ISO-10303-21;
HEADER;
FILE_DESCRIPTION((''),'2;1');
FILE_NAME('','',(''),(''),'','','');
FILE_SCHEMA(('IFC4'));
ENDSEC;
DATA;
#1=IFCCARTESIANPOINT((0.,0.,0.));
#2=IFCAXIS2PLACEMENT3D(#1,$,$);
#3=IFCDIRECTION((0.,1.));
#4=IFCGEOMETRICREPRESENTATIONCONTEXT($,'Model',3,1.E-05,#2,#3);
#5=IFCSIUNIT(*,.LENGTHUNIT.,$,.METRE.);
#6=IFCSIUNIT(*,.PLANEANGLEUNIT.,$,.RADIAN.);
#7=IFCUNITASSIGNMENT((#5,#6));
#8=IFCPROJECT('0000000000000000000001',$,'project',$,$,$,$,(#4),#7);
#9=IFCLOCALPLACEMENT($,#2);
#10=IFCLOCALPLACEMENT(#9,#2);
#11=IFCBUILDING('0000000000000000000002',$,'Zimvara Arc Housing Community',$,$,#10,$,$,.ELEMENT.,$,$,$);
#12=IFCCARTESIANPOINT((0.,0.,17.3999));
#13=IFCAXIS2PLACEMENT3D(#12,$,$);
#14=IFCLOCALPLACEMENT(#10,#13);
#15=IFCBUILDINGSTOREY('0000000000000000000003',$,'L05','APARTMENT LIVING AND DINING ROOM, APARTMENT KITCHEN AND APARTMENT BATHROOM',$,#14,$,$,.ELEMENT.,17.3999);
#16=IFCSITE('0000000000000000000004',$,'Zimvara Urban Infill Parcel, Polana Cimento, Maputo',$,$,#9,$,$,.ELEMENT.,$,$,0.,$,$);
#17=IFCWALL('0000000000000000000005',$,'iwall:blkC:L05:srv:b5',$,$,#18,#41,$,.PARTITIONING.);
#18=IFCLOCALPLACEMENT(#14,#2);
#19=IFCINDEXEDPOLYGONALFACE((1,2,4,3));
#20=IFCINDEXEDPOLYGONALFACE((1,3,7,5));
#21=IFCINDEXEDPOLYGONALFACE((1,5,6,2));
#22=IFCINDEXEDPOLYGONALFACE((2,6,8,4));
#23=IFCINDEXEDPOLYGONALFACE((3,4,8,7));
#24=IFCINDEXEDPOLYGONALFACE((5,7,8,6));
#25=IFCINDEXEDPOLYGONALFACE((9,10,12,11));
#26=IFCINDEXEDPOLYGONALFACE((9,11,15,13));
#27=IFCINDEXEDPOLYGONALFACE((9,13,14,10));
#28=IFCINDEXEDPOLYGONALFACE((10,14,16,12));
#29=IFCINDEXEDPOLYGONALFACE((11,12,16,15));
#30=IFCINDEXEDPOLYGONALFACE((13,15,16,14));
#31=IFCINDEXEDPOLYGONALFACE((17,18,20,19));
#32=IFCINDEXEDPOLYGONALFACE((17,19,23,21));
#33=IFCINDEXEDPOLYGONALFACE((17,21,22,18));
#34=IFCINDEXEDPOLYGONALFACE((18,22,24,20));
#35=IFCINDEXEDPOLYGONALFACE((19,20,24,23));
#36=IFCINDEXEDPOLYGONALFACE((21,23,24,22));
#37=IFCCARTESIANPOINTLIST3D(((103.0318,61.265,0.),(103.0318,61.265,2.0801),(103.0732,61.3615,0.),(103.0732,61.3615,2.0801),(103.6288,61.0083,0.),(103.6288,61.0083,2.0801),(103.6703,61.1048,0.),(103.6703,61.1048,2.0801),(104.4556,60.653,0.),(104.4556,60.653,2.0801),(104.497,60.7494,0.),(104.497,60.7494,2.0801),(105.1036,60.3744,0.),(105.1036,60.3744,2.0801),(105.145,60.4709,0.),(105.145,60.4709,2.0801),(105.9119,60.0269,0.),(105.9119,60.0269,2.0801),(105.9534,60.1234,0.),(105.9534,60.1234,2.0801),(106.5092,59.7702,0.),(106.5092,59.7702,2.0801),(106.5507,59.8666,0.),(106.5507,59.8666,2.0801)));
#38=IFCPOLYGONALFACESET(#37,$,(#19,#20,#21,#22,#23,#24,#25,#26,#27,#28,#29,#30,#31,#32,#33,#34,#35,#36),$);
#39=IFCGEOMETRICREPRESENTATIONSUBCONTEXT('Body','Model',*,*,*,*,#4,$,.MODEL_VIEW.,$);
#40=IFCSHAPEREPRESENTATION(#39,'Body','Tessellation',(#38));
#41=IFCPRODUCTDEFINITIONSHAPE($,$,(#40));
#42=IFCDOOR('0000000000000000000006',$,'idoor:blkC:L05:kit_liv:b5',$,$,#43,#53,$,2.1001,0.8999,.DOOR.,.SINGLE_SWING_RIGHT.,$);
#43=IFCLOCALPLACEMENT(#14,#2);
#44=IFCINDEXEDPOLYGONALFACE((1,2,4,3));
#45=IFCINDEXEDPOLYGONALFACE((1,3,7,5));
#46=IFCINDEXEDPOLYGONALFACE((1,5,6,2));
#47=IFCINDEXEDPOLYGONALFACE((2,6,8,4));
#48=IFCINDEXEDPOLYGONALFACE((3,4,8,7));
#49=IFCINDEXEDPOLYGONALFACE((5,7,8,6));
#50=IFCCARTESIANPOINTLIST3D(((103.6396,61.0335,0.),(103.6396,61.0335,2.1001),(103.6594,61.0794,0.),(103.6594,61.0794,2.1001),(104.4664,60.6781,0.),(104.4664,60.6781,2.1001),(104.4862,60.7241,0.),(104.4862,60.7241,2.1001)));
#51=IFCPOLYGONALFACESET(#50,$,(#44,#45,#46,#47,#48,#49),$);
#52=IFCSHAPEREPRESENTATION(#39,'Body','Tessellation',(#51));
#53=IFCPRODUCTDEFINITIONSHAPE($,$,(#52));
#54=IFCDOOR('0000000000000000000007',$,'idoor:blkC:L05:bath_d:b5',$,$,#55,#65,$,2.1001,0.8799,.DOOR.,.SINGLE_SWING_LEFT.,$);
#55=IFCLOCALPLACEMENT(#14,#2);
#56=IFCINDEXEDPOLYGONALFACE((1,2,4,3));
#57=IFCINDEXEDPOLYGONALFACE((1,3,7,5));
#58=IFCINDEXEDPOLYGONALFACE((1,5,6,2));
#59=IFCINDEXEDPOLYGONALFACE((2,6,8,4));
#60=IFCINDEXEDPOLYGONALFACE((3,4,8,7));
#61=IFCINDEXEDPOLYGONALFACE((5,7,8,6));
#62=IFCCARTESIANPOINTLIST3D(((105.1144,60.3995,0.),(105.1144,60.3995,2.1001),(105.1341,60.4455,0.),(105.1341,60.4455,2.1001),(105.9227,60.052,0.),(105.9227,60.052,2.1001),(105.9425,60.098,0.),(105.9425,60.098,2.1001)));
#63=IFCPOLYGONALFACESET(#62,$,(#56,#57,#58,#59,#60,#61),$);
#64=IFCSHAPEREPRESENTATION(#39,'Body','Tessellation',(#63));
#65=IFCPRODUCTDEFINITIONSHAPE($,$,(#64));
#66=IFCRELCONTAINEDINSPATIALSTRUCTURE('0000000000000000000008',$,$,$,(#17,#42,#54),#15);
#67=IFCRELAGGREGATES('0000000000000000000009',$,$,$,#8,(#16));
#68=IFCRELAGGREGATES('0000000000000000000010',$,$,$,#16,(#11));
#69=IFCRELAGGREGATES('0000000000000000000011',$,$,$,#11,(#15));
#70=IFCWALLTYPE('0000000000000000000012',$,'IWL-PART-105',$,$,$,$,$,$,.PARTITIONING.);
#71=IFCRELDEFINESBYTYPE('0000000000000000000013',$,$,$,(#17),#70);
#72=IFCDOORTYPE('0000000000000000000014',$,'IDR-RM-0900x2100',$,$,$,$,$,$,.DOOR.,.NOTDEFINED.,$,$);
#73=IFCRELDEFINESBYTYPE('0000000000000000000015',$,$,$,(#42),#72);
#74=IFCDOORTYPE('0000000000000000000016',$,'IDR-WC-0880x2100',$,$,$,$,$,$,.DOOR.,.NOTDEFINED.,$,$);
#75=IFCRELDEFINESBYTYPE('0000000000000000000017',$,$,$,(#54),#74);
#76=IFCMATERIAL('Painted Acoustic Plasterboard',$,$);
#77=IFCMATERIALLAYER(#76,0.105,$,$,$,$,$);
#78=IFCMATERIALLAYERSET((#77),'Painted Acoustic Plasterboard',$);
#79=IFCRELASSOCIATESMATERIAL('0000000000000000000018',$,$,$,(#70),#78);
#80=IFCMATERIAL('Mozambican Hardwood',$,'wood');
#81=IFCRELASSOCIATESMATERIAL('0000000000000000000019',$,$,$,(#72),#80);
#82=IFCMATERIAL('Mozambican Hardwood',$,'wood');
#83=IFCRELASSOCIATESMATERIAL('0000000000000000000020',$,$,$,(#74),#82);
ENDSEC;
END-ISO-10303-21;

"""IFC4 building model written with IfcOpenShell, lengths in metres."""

from ifc_helpers import new_model, si_unit, direction, frame, frame_2d, origin, place, context, subcontext, project, spatial, rectangle, extrude, material, layer, layer_set, type_object, element, fill, save


model = new_model("IFC4")

# Units and contexts
model_context = context("Model", 3, precision=1e-05, world=origin(), true_north=direction((0.0, 1.0)))
body_context = subcontext(model_context, "Body", "Model", "MODEL_VIEW")
ifc_project = project(units=[si_unit("LENGTHUNIT", "METRE"), si_unit("PLANEANGLEUNIT", "RADIAN")], contexts=[model_context])

# Site, building, storey
site_placement = place(None, origin())
site = spatial("IfcSite", under=ifc_project, at=site_placement, Name="Zimvara Urban Infill Parcel, Polana Cimento, Maputo", CompositionType="ELEMENT", RefElevation=0.0)
building_placement = place(site_placement, origin())
building = spatial("IfcBuilding", under=site, at=building_placement, Name="Zimvara Arc Housing Community", CompositionType="ELEMENT")
storey_placement = place(building_placement, frame((0.0, 0.0, 17.3999)))
storey = spatial("IfcBuildingStorey", under=building, at=storey_placement, Name="L05", Description="APARTMENT LIVING AND DINING ROOM, APARTMENT KITCHEN AND APARTMENT BATHROOM", CompositionType="ELEMENT", Elevation=17.3999)

# Wall, openings, doors
ifc_material_1 = material(Name="Painted Acoustic Plasterboard")
ifc_layer_1 = layer(ifc_material_1, 0.105)
ifc_layer_set_1 = layer_set([ifc_layer_1], Name="Painted Acoustic Plasterboard")
wall_type_1 = type_object("IfcWallType", Name="IWL-PART-105", PredefinedType="PARTITIONING", material=ifc_layer_set_1)
wall_1_placement = place(storey_placement, frame((103.0525, 61.3132, 0.0), z_axis=(0.0, 0.0, 1.0), x_axis=(0.918714, -0.394923, 0.0)))
wall_1 = element("IfcWall", 1, at=wall_1_placement, inside=storey, type_object=wall_type_1, Name="iwall:blkC:L05:srv:b5", PredefinedType="PARTITIONING", context=body_context, shape_type="SweptSolid", body=[
    extrude(rectangle(XDim=3.7852, YDim=0.105, at=frame_2d((1.8926, 0.0))), origin(), (0.0, 0.0, 1.0), 2.0801),
])
opening_1_placement = place(wall_1_placement, frame((0.6499, 0.0, 0.0)))
opening_1 = element("IfcOpeningElement", 2, at=opening_1_placement, cuts=wall_1, PredefinedType="OPENING", context=body_context, shape_type="SweptSolid", body=[
    extrude(rectangle(XDim=0.8999, YDim=2.1001, at=frame_2d((0.45, 1.05))), frame((0.0, 0.0625, 0.0), z_axis=(0.0, -1.0, 0.0), x_axis=(1.0, 0.0, 0.0)), (0.0, 0.0, 1.0), 0.125),
])
opening_2_placement = place(wall_1_placement, frame((2.2551, 0.0, 0.0)))
opening_2 = element("IfcOpeningElement", 3, at=opening_2_placement, cuts=wall_1, PredefinedType="OPENING", context=body_context, shape_type="SweptSolid", body=[
    extrude(rectangle(XDim=0.8799, YDim=2.1001, at=frame_2d((0.4399, 1.05))), frame((0.0, 0.0625, 0.0), z_axis=(0.0, -1.0, 0.0), x_axis=(1.0, 0.0, 0.0)), (0.0, 0.0, 1.0), 0.125),
])
ifc_material_2 = material(Name="Mozambican Hardwood", Category="wood")
door_type_1 = type_object("IfcDoorType", Name="IDR-RM-0900x2100", OperationType="NOTDEFINED", PredefinedType="DOOR", material=ifc_material_2)
door_1_placement = place(opening_1_placement, origin())
door_1 = element("IfcDoor", 4, at=door_1_placement, inside=storey, type_object=door_type_1, Name="idoor:blkC:L05:kit_liv:b5", OperationType="SINGLE_SWING_RIGHT", OverallHeight=2.1001, OverallWidth=0.8999, PredefinedType="DOOR", context=body_context, shape_type="SweptSolid", body=[
    extrude(rectangle(XDim=0.8999, YDim=2.1001, at=frame_2d((0.45, 1.05))), frame((0.0, 0.0249, 0.0), z_axis=(0.0, -1.0, 0.0), x_axis=(1.0, 0.0, 0.0)), (0.0, 0.0, 1.0), 0.05),
])
fill(opening_1, door_1)
ifc_material_3 = material(Name="Mozambican Hardwood", Category="wood")
door_type_2 = type_object("IfcDoorType", Name="IDR-WC-0880x2100", OperationType="NOTDEFINED", PredefinedType="DOOR", material=ifc_material_3)
door_2_placement = place(opening_2_placement, origin())
door_2 = element("IfcDoor", 5, at=door_2_placement, inside=storey, type_object=door_type_2, Name="idoor:blkC:L05:bath_d:b5", OperationType="SINGLE_SWING_LEFT", OverallHeight=2.1001, OverallWidth=0.8799, PredefinedType="DOOR", context=body_context, shape_type="SweptSolid", body=[
    extrude(rectangle(XDim=0.8799, YDim=2.1001, at=frame_2d((0.4399, 1.05))), frame((0.0, 0.0249, 0.0), z_axis=(0.0, -1.0, 0.0), x_axis=(1.0, 0.0, 0.0)), (0.0, 0.0, 1.0), 0.05),
])
fill(opening_2, door_2)

save(model, "model.ifc")
